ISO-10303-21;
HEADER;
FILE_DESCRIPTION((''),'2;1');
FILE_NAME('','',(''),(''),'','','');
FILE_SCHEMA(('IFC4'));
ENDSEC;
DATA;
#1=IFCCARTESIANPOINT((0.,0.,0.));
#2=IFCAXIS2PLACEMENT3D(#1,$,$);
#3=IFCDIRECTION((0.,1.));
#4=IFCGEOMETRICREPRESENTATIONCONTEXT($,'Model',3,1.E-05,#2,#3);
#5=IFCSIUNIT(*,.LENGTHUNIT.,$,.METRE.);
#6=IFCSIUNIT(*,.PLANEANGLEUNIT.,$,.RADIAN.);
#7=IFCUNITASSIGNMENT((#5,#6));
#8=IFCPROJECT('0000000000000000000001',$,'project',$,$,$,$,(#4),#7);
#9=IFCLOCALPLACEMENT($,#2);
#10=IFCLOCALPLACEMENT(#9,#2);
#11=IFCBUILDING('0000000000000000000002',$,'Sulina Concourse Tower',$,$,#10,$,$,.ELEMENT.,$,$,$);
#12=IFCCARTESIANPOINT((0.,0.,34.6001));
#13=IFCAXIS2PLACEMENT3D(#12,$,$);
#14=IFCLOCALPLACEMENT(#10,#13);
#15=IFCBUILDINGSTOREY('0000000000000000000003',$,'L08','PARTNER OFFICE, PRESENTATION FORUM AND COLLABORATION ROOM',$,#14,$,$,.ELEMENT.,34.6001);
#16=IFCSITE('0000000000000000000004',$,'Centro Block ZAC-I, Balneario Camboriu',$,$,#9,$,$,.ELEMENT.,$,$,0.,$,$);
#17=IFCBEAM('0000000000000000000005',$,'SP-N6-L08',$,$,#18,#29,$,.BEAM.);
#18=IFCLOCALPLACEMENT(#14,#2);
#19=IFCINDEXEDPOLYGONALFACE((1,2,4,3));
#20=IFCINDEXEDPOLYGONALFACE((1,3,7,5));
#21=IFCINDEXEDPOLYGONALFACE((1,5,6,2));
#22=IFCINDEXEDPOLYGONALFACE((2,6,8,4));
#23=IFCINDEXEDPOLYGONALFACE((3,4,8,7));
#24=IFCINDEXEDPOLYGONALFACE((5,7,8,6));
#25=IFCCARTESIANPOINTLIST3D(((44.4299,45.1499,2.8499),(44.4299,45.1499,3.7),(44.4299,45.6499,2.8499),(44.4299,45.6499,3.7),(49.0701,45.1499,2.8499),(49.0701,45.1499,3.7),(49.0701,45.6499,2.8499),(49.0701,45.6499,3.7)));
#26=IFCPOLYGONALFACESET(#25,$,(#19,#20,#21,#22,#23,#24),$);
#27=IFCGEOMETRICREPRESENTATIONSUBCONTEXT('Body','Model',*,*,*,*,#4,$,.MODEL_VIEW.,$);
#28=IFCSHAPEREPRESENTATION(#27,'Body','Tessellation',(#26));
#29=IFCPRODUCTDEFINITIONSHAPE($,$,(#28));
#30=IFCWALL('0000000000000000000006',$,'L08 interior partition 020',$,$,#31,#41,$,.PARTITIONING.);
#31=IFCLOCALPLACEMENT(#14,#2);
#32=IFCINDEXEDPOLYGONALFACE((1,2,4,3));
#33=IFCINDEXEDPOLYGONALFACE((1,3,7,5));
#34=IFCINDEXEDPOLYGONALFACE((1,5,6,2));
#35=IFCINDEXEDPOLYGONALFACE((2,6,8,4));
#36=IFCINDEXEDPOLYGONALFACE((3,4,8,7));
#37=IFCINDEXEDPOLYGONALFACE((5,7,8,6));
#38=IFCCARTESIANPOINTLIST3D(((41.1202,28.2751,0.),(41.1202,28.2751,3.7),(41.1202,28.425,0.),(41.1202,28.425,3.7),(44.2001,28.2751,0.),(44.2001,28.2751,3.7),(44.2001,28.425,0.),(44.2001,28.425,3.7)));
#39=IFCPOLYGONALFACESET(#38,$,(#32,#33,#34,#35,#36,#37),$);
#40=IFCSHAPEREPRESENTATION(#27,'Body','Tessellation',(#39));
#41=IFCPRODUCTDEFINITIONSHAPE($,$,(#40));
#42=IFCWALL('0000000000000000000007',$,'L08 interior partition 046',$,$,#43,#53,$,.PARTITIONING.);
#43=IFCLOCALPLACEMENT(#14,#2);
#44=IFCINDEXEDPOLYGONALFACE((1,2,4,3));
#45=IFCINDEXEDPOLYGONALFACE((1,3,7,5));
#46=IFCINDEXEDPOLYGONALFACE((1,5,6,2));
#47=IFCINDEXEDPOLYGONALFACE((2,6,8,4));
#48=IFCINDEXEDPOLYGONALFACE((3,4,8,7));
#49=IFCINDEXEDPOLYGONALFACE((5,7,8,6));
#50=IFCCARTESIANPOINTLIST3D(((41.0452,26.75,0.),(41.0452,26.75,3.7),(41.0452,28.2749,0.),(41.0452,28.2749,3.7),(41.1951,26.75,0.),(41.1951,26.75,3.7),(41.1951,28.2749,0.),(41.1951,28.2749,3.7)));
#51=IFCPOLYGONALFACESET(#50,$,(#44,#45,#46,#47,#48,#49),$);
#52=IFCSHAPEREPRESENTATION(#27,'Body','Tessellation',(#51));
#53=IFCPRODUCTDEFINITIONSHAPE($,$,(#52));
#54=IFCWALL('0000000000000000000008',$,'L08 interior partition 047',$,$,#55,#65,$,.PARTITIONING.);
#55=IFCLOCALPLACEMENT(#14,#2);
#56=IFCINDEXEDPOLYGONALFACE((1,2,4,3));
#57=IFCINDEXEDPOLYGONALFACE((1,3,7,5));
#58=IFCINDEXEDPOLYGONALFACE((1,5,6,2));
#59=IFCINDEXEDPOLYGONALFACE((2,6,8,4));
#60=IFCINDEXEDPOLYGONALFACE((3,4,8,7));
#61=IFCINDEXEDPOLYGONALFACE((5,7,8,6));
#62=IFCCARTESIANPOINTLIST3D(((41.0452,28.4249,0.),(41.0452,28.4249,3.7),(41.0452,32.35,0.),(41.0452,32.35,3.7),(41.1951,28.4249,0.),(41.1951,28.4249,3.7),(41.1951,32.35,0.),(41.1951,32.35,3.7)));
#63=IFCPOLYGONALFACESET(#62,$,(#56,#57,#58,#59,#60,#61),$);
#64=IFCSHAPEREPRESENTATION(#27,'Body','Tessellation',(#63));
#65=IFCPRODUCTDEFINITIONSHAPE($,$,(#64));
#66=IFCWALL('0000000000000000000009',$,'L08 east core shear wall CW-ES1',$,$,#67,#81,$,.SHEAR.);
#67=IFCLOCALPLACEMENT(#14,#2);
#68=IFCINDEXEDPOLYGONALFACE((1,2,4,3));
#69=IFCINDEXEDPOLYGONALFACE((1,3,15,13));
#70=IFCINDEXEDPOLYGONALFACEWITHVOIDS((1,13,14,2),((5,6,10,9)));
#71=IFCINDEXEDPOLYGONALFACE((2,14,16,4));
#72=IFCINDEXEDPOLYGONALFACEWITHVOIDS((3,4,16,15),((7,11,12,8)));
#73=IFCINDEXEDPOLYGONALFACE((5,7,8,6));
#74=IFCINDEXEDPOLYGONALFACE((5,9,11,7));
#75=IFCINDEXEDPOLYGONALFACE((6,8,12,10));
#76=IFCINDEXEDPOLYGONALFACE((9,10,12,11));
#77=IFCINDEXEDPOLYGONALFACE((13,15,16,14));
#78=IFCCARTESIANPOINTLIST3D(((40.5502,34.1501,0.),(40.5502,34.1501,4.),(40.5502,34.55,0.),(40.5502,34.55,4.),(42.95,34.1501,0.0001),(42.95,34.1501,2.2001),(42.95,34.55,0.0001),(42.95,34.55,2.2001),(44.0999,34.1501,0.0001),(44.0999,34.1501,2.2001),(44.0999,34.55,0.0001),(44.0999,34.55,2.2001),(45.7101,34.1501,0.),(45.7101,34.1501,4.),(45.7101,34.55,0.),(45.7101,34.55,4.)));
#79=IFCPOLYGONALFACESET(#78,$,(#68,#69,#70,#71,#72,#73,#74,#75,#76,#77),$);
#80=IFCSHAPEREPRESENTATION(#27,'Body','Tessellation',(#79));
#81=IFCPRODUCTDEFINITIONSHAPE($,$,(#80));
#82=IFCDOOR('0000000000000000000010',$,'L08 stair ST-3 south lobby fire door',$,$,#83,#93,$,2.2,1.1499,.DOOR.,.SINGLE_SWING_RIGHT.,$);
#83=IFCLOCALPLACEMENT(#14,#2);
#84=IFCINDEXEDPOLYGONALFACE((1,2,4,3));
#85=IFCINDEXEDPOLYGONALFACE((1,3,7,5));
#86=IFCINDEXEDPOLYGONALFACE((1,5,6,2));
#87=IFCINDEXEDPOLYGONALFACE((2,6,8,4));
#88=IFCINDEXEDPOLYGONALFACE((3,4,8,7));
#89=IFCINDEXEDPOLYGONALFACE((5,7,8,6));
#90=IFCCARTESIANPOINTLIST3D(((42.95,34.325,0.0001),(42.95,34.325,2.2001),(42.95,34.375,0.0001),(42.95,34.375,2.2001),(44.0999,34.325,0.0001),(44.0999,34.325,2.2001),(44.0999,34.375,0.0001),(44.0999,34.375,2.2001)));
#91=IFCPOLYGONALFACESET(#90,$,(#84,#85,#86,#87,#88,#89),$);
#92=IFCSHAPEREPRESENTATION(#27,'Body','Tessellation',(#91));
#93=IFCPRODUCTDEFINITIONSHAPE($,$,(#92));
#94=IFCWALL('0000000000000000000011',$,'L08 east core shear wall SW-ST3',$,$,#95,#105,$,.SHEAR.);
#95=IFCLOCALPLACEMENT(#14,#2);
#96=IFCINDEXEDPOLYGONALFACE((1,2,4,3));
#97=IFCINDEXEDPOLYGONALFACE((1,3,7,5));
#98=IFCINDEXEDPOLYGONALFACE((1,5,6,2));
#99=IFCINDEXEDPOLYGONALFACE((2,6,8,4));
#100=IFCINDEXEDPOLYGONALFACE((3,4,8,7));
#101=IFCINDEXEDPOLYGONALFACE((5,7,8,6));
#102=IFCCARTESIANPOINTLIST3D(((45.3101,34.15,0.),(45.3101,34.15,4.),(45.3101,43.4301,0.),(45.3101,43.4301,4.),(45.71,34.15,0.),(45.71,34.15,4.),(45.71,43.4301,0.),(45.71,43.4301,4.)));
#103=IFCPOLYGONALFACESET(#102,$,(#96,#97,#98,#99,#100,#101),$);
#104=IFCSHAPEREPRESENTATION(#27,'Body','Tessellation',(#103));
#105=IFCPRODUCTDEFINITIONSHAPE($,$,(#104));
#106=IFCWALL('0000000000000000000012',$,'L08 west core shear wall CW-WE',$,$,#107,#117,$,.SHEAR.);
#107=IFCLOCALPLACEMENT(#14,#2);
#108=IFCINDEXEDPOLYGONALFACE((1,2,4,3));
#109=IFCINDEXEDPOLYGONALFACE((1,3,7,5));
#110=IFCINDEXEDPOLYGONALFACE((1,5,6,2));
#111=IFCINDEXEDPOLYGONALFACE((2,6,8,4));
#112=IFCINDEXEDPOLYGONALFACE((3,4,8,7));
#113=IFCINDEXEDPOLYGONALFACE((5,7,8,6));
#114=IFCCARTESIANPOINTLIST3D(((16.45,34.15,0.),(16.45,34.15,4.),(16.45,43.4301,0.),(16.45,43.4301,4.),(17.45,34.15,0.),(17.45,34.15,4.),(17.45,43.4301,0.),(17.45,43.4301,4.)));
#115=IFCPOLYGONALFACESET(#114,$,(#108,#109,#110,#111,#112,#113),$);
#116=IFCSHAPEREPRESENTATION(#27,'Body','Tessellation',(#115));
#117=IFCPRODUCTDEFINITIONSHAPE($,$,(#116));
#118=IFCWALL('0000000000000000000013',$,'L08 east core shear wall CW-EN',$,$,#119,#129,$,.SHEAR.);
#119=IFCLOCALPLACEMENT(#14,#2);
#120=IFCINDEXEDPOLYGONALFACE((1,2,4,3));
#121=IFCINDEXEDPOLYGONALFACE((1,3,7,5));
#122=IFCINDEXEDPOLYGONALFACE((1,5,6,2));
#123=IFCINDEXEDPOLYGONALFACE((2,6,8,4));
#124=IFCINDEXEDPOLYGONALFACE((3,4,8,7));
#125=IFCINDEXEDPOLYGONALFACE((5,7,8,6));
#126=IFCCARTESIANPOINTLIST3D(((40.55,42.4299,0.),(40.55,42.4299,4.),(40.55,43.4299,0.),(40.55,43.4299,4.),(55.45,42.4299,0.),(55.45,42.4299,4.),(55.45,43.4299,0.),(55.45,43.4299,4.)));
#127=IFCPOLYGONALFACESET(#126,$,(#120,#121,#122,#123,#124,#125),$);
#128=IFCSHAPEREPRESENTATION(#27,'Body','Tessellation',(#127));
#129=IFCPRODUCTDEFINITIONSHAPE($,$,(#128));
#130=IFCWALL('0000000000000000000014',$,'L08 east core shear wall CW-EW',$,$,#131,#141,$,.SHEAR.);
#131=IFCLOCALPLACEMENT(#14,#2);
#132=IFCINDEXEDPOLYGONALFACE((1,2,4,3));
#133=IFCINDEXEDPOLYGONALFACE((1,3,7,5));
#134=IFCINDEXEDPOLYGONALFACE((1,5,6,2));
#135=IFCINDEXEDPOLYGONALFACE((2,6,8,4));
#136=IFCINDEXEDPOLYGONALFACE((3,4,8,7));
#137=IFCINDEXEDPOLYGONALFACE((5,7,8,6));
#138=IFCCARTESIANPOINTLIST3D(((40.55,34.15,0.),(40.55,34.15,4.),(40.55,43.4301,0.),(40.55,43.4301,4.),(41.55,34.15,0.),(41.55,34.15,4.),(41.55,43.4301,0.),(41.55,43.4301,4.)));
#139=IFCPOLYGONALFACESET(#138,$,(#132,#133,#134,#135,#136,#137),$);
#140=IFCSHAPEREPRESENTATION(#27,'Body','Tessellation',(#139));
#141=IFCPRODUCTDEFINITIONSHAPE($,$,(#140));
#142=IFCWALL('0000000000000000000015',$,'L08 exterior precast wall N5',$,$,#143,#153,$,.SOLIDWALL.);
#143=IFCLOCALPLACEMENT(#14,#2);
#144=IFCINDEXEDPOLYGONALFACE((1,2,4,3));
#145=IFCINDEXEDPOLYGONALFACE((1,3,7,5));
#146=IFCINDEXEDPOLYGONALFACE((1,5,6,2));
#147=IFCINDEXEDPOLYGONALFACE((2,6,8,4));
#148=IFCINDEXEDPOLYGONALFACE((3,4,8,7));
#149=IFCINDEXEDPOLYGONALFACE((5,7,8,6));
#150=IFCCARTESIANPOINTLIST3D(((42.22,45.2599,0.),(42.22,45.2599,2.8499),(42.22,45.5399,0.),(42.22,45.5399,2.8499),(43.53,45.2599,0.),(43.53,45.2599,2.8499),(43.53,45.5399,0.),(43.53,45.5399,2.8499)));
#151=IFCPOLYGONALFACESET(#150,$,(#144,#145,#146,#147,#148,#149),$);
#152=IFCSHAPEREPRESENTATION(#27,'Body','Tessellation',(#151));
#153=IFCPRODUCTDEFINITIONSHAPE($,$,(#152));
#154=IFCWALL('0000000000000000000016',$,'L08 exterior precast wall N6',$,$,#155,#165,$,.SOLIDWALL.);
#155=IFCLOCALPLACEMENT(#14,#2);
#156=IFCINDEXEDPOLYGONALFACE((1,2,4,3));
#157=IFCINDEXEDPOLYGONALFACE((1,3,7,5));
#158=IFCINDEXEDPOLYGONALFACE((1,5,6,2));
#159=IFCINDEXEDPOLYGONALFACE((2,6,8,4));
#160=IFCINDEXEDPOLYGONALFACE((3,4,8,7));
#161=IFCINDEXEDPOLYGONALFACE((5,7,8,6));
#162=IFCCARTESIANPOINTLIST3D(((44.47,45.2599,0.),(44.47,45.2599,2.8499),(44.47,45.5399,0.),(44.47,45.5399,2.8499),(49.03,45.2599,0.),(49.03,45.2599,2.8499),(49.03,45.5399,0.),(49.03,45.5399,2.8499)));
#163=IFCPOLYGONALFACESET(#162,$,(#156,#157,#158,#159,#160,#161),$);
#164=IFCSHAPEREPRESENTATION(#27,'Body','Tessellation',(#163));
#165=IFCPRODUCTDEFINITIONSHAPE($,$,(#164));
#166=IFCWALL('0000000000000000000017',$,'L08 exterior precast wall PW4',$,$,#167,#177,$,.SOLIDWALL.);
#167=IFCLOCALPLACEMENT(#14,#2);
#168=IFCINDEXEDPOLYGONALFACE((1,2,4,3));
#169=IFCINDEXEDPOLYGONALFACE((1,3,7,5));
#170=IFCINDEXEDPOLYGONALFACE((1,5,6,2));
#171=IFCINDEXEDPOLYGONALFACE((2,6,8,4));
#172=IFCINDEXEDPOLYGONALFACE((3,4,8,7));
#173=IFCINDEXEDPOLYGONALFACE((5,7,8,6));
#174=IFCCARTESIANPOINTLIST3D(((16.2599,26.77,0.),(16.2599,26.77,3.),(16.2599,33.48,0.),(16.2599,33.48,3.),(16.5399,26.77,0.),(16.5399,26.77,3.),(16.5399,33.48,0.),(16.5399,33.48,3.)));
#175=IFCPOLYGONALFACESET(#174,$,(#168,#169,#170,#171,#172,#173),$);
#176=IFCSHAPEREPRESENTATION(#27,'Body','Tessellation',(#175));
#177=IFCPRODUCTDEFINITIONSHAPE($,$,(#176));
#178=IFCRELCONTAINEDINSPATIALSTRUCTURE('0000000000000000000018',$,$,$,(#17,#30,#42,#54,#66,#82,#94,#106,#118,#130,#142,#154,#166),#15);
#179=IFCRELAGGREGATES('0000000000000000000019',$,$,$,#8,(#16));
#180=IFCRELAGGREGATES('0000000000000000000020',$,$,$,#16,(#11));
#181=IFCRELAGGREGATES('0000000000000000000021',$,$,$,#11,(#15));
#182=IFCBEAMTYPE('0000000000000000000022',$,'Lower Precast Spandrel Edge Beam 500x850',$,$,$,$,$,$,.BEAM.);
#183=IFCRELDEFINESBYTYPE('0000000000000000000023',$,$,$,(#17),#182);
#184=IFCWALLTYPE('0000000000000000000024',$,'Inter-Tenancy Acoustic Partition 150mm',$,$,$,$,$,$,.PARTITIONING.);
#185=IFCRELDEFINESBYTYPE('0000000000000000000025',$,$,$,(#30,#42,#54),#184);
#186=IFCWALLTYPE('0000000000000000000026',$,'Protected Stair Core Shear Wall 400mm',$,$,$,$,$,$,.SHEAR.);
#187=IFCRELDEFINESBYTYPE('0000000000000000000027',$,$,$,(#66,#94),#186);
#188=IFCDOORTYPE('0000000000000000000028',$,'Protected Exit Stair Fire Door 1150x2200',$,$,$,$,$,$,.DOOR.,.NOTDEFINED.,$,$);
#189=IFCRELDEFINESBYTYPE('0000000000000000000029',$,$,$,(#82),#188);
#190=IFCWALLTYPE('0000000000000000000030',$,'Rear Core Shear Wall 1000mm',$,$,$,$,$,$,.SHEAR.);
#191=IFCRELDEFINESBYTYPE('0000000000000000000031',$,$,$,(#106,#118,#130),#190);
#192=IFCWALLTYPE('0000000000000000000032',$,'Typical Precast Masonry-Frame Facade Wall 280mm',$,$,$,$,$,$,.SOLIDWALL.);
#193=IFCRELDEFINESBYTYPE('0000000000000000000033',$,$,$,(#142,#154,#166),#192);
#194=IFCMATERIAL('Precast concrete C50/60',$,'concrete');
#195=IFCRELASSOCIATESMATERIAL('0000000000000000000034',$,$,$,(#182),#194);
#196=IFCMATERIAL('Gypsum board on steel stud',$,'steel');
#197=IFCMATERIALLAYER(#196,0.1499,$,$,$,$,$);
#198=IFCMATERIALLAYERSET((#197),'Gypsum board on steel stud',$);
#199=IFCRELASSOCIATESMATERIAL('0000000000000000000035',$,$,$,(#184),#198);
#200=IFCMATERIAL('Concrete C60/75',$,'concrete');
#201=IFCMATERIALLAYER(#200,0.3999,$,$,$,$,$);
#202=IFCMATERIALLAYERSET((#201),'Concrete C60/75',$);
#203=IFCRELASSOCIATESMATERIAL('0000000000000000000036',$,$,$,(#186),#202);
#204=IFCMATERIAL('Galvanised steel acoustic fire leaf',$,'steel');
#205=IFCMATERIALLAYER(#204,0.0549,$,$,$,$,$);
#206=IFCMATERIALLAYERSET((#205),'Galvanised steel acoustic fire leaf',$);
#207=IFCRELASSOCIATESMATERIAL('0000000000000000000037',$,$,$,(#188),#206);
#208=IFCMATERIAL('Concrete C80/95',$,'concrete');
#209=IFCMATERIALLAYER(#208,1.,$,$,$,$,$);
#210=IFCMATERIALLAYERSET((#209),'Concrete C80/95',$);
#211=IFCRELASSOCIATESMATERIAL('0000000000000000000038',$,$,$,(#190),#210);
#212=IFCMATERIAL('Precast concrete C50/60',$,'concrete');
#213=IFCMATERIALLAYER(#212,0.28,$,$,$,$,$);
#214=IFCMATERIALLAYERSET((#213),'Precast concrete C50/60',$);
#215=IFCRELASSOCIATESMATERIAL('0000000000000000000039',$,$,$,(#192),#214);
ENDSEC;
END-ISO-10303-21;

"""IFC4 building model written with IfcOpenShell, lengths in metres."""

from ifc_helpers import new_model, si_unit, direction, frame, frame_2d, origin, origin_2d, place, context, subcontext, project, spatial, rectangle, extrude, material, layer, layer_set, material_profile, profile_set, type_object, element, fill, save


model = new_model("IFC4")

# Units and contexts
model_context = context("Model", 3, precision=1e-05, world=origin(), true_north=direction((0.0, 1.0)))
body_context = subcontext(model_context, "Body", "Model", "MODEL_VIEW")
ifc_project = project(units=[si_unit("LENGTHUNIT", "METRE"), si_unit("PLANEANGLEUNIT", "RADIAN")], contexts=[model_context])

# Site, building, storey
site_placement = place(None, origin())
site = spatial("IfcSite", under=ifc_project, at=site_placement, Name="Centro Block ZAC-I, Balneario Camboriu", CompositionType="ELEMENT", RefElevation=0.0)
building_placement = place(site_placement, origin())
building = spatial("IfcBuilding", under=site, at=building_placement, Name="Sulina Concourse Tower", CompositionType="ELEMENT")
storey_placement = place(building_placement, frame((0.0, 0.0, 34.6001)))
storey = spatial("IfcBuildingStorey", under=building, at=storey_placement, Name="L08", Description="PARTNER OFFICE, PRESENTATION FORUM AND COLLABORATION ROOM", CompositionType="ELEMENT", Elevation=34.6001)

# Beam
ifc_material_1 = material(Name="Precast concrete C50/60", Category="concrete")
ifc_material_profile_1 = material_profile(ifc_material_1, rectangle(XDim=0.5, YDim=0.8501, at=origin_2d()), Name="RC 500x850")
ifc_profile_set_1 = profile_set([ifc_material_profile_1], Name="Precast concrete C50/60")
beam_type_1 = type_object("IfcBeamType", Name="Lower Precast Spandrel Edge Beam 500x850", PredefinedType="BEAM", material=ifc_profile_set_1)
beam_1_placement = place(storey_placement, frame((44.4299, 45.3999, 3.2749), z_axis=(1.0, 0.0, 0.0), x_axis=(0.0, 1.0, 0.0)))
element("IfcBeam", 1, at=beam_1_placement, inside=storey, type_object=beam_type_1, Name="SP-N6-L08", PredefinedType="BEAM", context=body_context, shape_type="SweptSolid", body=[
    extrude(rectangle(XDim=0.5, YDim=0.8501, at=origin_2d()), origin(), (0.0, 0.0, 1.0), 4.6401),
])

# Wall
ifc_material_2 = material(Name="Gypsum board on steel stud", Category="steel")
ifc_layer_1 = layer(ifc_material_2, 0.1499)
ifc_layer_set_1 = layer_set([ifc_layer_1], Name="Gypsum board on steel stud")
wall_type_1 = type_object("IfcWallType", Name="Inter-Tenancy Acoustic Partition 150mm", PredefinedType="PARTITIONING", material=ifc_layer_set_1)
wall_1_placement = place(storey_placement, frame((41.1201, 28.3501, 0.0), z_axis=(0.0, 0.0, 1.0), x_axis=(1.0, 0.0, 0.0)))
element("IfcWall", 2, at=wall_1_placement, inside=storey, type_object=wall_type_1, Name="L08 interior partition 020", PredefinedType="PARTITIONING", context=body_context, shape_type="SweptSolid", body=[
    extrude(rectangle(XDim=3.0798, YDim=0.1499, at=frame_2d((1.54, 0.0))), origin(), (0.0, 0.0, 1.0), 3.7),
])

# Walls
wall_2_placement = place(storey_placement, frame((41.1201, 26.75, 0.0), z_axis=(0.0, 0.0, 1.0), x_axis=(0.0, 1.0, 0.0)))
element("IfcWall", 3, at=wall_2_placement, inside=storey, type_object=wall_type_1, Name="L08 interior partition 046", PredefinedType="PARTITIONING", context=body_context, shape_type="SweptSolid", body=[
    extrude(rectangle(XDim=1.5249, YDim=0.1499, at=frame_2d((0.7625, 0.0))), origin(), (0.0, 0.0, 1.0), 3.7),
])
wall_3_placement = place(storey_placement, frame((41.1201, 28.425, 0.0), z_axis=(0.0, 0.0, 1.0), x_axis=(0.0, 1.0, 0.0)))
element("IfcWall", 4, at=wall_3_placement, inside=storey, type_object=wall_type_1, Name="L08 interior partition 047", PredefinedType="PARTITIONING", context=body_context, shape_type="SweptSolid", body=[
    extrude(rectangle(XDim=3.925, YDim=0.1499, at=frame_2d((1.9624, 0.0))), origin(), (0.0, 0.0, 1.0), 3.7),
])

# Wall, opening, door
ifc_material_3 = material(Name="Concrete C60/75", Category="concrete")
ifc_layer_2 = layer(ifc_material_3, 0.3999)
ifc_layer_set_2 = layer_set([ifc_layer_2], Name="Concrete C60/75")
wall_type_2 = type_object("IfcWallType", Name="Protected Stair Core Shear Wall 400mm", PredefinedType="SHEAR", material=ifc_layer_set_2)
wall_4_placement = place(storey_placement, frame((40.55, 34.3501, 0.0), z_axis=(0.0, 0.0, 1.0), x_axis=(1.0, 0.0, 0.0)))
wall_4 = element("IfcWall", 5, at=wall_4_placement, inside=storey, type_object=wall_type_2, Name="L08 east core shear wall CW-ES1", PredefinedType="SHEAR", context=body_context, shape_type="SweptSolid", body=[
    extrude(rectangle(XDim=5.1599, YDim=0.3999, at=frame_2d((2.5801, 0.0))), origin(), (0.0, 0.0, 1.0), 4.0),
])
opening_1_placement = place(wall_4_placement, frame((2.3999, 0.0, 0.0)))
opening_1 = element("IfcOpeningElement", 6, at=opening_1_placement, cuts=wall_4, PredefinedType="OPENING", context=body_context, shape_type="SweptSolid", body=[
    extrude(rectangle(XDim=1.1499, YDim=2.2, at=frame_2d((0.575, 1.1001))), frame((0.0, 0.21, 0.0), z_axis=(0.0, -1.0, 0.0), x_axis=(1.0, 0.0, 0.0)), (0.0, 0.0, 1.0), 0.4199),
])
ifc_material_4 = material(Name="Galvanised steel acoustic fire leaf", Category="steel")
ifc_layer_3 = layer(ifc_material_4, 0.0549)
ifc_layer_set_3 = layer_set([ifc_layer_3], Name="Galvanised steel acoustic fire leaf")
door_type_1 = type_object("IfcDoorType", Name="Protected Exit Stair Fire Door 1150x2200", OperationType="NOTDEFINED", PredefinedType="DOOR", material=ifc_layer_set_3)
door_1_placement = place(opening_1_placement, origin())
door_1 = element("IfcDoor", 7, at=door_1_placement, inside=storey, type_object=door_type_1, Name="L08 stair ST-3 south lobby fire door", OperationType="SINGLE_SWING_RIGHT", OverallHeight=2.2, OverallWidth=1.1499, PredefinedType="DOOR", context=body_context, shape_type="SweptSolid", body=[
    extrude(rectangle(XDim=1.1499, YDim=2.2, at=frame_2d((0.575, 1.1001))), frame((0.0, 0.0249, 0.0), z_axis=(0.0, -1.0, 0.0), x_axis=(1.0, 0.0, 0.0)), (0.0, 0.0, 1.0), 0.05),
])
fill(opening_1, door_1)

# Walls
wall_5_placement = place(storey_placement, frame((45.51, 34.1499, 0.0), z_axis=(0.0, 0.0, 1.0), x_axis=(0.0, 1.0, 0.0)))
element("IfcWall", 8, at=wall_5_placement, inside=storey, type_object=wall_type_2, Name="L08 east core shear wall SW-ST3", PredefinedType="SHEAR", context=body_context, shape_type="SweptSolid", body=[
    extrude(rectangle(XDim=9.28, YDim=0.3999, at=frame_2d((4.6401, 0.0))), origin(), (0.0, 0.0, 1.0), 4.0),
])
ifc_material_5 = material(Name="Concrete C80/95", Category="concrete")
ifc_layer_4 = layer(ifc_material_5, 1.0)
ifc_layer_set_4 = layer_set([ifc_layer_4], Name="Concrete C80/95")
wall_type_3 = type_object("IfcWallType", Name="Rear Core Shear Wall 1000mm", PredefinedType="SHEAR", material=ifc_layer_set_4)
wall_6_placement = place(storey_placement, frame((16.95, 34.1499, 0.0), z_axis=(0.0, 0.0, 1.0), x_axis=(0.0, 1.0, 0.0)))
element("IfcWall", 9, at=wall_6_placement, inside=storey, type_object=wall_type_3, Name="L08 west core shear wall CW-WE", PredefinedType="SHEAR", context=body_context, shape_type="SweptSolid", body=[
    extrude(rectangle(XDim=9.28, YDim=1.0, at=frame_2d((4.6401, 0.0))), origin(), (0.0, 0.0, 1.0), 4.0),
])
wall_7_placement = place(storey_placement, frame((40.55, 42.9299, 0.0), z_axis=(0.0, 0.0, 1.0), x_axis=(1.0, 0.0, 0.0)))
element("IfcWall", 10, at=wall_7_placement, inside=storey, type_object=wall_type_3, Name="L08 east core shear wall CW-EN", PredefinedType="SHEAR", context=body_context, shape_type="SweptSolid", body=[
    extrude(rectangle(XDim=14.8999, YDim=1.0, at=frame_2d((7.45, 0.0))), origin(), (0.0, 0.0, 1.0), 4.0),
])
wall_8_placement = place(storey_placement, frame((41.05, 34.1499, 0.0), z_axis=(0.0, 0.0, 1.0), x_axis=(0.0, 1.0, 0.0)))
element("IfcWall", 11, at=wall_8_placement, inside=storey, type_object=wall_type_3, Name="L08 east core shear wall CW-EW", PredefinedType="SHEAR", context=body_context, shape_type="SweptSolid", body=[
    extrude(rectangle(XDim=9.28, YDim=1.0, at=frame_2d((4.6401, 0.0))), origin(), (0.0, 0.0, 1.0), 4.0),
])
ifc_material_6 = material(Name="Precast concrete C50/60", Category="concrete")
ifc_layer_5 = layer(ifc_material_6, 0.28)
ifc_layer_set_5 = layer_set([ifc_layer_5], Name="Precast concrete C50/60")
wall_type_4 = type_object("IfcWallType", Name="Typical Precast Masonry-Frame Facade Wall 280mm", PredefinedType="SOLIDWALL", material=ifc_layer_set_5)
wall_9_placement = place(storey_placement, frame((42.22, 45.3999, 0.0), z_axis=(0.0, 0.0, 1.0), x_axis=(1.0, 0.0, 0.0)))
element("IfcWall", 12, at=wall_9_placement, inside=storey, type_object=wall_type_4, Name="L08 exterior precast wall N5", PredefinedType="SOLIDWALL", context=body_context, shape_type="SweptSolid", body=[
    extrude(rectangle(XDim=1.3101, YDim=0.28, at=frame_2d((0.655, 0.0))), origin(), (0.0, 0.0, 1.0), 2.8499),
])
wall_10_placement = place(storey_placement, frame((44.47, 45.3999, 0.0), z_axis=(0.0, 0.0, 1.0), x_axis=(1.0, 0.0, 0.0)))
element("IfcWall", 13, at=wall_10_placement, inside=storey, type_object=wall_type_4, Name="L08 exterior precast wall N6", PredefinedType="SOLIDWALL", context=body_context, shape_type="SweptSolid", body=[
    extrude(rectangle(XDim=4.5601, YDim=0.28, at=frame_2d((2.28, 0.0))), origin(), (0.0, 0.0, 1.0), 2.8499),
])
for number, where, z_axis, x_axis, name in (
    (14, (16.3999, 33.48, 0.0), (0.0, 0.0, 1.0), (0.0, -1.0, 0.0), "L08 exterior precast wall PW4"),
):
    element("IfcWall", number, at=place(storey_placement, frame(where, z_axis=z_axis, x_axis=x_axis)), inside=storey, type_object=wall_type_4, Name=name, PredefinedType="SOLIDWALL", context=body_context, shape_type="SweptSolid", body=[
        extrude(rectangle(XDim=6.71, YDim=0.28, at=frame_2d((3.355, 0.0))), origin(), (0.0, 0.0, 1.0), 3.0),
    ])

save(model, "model.ifc")
